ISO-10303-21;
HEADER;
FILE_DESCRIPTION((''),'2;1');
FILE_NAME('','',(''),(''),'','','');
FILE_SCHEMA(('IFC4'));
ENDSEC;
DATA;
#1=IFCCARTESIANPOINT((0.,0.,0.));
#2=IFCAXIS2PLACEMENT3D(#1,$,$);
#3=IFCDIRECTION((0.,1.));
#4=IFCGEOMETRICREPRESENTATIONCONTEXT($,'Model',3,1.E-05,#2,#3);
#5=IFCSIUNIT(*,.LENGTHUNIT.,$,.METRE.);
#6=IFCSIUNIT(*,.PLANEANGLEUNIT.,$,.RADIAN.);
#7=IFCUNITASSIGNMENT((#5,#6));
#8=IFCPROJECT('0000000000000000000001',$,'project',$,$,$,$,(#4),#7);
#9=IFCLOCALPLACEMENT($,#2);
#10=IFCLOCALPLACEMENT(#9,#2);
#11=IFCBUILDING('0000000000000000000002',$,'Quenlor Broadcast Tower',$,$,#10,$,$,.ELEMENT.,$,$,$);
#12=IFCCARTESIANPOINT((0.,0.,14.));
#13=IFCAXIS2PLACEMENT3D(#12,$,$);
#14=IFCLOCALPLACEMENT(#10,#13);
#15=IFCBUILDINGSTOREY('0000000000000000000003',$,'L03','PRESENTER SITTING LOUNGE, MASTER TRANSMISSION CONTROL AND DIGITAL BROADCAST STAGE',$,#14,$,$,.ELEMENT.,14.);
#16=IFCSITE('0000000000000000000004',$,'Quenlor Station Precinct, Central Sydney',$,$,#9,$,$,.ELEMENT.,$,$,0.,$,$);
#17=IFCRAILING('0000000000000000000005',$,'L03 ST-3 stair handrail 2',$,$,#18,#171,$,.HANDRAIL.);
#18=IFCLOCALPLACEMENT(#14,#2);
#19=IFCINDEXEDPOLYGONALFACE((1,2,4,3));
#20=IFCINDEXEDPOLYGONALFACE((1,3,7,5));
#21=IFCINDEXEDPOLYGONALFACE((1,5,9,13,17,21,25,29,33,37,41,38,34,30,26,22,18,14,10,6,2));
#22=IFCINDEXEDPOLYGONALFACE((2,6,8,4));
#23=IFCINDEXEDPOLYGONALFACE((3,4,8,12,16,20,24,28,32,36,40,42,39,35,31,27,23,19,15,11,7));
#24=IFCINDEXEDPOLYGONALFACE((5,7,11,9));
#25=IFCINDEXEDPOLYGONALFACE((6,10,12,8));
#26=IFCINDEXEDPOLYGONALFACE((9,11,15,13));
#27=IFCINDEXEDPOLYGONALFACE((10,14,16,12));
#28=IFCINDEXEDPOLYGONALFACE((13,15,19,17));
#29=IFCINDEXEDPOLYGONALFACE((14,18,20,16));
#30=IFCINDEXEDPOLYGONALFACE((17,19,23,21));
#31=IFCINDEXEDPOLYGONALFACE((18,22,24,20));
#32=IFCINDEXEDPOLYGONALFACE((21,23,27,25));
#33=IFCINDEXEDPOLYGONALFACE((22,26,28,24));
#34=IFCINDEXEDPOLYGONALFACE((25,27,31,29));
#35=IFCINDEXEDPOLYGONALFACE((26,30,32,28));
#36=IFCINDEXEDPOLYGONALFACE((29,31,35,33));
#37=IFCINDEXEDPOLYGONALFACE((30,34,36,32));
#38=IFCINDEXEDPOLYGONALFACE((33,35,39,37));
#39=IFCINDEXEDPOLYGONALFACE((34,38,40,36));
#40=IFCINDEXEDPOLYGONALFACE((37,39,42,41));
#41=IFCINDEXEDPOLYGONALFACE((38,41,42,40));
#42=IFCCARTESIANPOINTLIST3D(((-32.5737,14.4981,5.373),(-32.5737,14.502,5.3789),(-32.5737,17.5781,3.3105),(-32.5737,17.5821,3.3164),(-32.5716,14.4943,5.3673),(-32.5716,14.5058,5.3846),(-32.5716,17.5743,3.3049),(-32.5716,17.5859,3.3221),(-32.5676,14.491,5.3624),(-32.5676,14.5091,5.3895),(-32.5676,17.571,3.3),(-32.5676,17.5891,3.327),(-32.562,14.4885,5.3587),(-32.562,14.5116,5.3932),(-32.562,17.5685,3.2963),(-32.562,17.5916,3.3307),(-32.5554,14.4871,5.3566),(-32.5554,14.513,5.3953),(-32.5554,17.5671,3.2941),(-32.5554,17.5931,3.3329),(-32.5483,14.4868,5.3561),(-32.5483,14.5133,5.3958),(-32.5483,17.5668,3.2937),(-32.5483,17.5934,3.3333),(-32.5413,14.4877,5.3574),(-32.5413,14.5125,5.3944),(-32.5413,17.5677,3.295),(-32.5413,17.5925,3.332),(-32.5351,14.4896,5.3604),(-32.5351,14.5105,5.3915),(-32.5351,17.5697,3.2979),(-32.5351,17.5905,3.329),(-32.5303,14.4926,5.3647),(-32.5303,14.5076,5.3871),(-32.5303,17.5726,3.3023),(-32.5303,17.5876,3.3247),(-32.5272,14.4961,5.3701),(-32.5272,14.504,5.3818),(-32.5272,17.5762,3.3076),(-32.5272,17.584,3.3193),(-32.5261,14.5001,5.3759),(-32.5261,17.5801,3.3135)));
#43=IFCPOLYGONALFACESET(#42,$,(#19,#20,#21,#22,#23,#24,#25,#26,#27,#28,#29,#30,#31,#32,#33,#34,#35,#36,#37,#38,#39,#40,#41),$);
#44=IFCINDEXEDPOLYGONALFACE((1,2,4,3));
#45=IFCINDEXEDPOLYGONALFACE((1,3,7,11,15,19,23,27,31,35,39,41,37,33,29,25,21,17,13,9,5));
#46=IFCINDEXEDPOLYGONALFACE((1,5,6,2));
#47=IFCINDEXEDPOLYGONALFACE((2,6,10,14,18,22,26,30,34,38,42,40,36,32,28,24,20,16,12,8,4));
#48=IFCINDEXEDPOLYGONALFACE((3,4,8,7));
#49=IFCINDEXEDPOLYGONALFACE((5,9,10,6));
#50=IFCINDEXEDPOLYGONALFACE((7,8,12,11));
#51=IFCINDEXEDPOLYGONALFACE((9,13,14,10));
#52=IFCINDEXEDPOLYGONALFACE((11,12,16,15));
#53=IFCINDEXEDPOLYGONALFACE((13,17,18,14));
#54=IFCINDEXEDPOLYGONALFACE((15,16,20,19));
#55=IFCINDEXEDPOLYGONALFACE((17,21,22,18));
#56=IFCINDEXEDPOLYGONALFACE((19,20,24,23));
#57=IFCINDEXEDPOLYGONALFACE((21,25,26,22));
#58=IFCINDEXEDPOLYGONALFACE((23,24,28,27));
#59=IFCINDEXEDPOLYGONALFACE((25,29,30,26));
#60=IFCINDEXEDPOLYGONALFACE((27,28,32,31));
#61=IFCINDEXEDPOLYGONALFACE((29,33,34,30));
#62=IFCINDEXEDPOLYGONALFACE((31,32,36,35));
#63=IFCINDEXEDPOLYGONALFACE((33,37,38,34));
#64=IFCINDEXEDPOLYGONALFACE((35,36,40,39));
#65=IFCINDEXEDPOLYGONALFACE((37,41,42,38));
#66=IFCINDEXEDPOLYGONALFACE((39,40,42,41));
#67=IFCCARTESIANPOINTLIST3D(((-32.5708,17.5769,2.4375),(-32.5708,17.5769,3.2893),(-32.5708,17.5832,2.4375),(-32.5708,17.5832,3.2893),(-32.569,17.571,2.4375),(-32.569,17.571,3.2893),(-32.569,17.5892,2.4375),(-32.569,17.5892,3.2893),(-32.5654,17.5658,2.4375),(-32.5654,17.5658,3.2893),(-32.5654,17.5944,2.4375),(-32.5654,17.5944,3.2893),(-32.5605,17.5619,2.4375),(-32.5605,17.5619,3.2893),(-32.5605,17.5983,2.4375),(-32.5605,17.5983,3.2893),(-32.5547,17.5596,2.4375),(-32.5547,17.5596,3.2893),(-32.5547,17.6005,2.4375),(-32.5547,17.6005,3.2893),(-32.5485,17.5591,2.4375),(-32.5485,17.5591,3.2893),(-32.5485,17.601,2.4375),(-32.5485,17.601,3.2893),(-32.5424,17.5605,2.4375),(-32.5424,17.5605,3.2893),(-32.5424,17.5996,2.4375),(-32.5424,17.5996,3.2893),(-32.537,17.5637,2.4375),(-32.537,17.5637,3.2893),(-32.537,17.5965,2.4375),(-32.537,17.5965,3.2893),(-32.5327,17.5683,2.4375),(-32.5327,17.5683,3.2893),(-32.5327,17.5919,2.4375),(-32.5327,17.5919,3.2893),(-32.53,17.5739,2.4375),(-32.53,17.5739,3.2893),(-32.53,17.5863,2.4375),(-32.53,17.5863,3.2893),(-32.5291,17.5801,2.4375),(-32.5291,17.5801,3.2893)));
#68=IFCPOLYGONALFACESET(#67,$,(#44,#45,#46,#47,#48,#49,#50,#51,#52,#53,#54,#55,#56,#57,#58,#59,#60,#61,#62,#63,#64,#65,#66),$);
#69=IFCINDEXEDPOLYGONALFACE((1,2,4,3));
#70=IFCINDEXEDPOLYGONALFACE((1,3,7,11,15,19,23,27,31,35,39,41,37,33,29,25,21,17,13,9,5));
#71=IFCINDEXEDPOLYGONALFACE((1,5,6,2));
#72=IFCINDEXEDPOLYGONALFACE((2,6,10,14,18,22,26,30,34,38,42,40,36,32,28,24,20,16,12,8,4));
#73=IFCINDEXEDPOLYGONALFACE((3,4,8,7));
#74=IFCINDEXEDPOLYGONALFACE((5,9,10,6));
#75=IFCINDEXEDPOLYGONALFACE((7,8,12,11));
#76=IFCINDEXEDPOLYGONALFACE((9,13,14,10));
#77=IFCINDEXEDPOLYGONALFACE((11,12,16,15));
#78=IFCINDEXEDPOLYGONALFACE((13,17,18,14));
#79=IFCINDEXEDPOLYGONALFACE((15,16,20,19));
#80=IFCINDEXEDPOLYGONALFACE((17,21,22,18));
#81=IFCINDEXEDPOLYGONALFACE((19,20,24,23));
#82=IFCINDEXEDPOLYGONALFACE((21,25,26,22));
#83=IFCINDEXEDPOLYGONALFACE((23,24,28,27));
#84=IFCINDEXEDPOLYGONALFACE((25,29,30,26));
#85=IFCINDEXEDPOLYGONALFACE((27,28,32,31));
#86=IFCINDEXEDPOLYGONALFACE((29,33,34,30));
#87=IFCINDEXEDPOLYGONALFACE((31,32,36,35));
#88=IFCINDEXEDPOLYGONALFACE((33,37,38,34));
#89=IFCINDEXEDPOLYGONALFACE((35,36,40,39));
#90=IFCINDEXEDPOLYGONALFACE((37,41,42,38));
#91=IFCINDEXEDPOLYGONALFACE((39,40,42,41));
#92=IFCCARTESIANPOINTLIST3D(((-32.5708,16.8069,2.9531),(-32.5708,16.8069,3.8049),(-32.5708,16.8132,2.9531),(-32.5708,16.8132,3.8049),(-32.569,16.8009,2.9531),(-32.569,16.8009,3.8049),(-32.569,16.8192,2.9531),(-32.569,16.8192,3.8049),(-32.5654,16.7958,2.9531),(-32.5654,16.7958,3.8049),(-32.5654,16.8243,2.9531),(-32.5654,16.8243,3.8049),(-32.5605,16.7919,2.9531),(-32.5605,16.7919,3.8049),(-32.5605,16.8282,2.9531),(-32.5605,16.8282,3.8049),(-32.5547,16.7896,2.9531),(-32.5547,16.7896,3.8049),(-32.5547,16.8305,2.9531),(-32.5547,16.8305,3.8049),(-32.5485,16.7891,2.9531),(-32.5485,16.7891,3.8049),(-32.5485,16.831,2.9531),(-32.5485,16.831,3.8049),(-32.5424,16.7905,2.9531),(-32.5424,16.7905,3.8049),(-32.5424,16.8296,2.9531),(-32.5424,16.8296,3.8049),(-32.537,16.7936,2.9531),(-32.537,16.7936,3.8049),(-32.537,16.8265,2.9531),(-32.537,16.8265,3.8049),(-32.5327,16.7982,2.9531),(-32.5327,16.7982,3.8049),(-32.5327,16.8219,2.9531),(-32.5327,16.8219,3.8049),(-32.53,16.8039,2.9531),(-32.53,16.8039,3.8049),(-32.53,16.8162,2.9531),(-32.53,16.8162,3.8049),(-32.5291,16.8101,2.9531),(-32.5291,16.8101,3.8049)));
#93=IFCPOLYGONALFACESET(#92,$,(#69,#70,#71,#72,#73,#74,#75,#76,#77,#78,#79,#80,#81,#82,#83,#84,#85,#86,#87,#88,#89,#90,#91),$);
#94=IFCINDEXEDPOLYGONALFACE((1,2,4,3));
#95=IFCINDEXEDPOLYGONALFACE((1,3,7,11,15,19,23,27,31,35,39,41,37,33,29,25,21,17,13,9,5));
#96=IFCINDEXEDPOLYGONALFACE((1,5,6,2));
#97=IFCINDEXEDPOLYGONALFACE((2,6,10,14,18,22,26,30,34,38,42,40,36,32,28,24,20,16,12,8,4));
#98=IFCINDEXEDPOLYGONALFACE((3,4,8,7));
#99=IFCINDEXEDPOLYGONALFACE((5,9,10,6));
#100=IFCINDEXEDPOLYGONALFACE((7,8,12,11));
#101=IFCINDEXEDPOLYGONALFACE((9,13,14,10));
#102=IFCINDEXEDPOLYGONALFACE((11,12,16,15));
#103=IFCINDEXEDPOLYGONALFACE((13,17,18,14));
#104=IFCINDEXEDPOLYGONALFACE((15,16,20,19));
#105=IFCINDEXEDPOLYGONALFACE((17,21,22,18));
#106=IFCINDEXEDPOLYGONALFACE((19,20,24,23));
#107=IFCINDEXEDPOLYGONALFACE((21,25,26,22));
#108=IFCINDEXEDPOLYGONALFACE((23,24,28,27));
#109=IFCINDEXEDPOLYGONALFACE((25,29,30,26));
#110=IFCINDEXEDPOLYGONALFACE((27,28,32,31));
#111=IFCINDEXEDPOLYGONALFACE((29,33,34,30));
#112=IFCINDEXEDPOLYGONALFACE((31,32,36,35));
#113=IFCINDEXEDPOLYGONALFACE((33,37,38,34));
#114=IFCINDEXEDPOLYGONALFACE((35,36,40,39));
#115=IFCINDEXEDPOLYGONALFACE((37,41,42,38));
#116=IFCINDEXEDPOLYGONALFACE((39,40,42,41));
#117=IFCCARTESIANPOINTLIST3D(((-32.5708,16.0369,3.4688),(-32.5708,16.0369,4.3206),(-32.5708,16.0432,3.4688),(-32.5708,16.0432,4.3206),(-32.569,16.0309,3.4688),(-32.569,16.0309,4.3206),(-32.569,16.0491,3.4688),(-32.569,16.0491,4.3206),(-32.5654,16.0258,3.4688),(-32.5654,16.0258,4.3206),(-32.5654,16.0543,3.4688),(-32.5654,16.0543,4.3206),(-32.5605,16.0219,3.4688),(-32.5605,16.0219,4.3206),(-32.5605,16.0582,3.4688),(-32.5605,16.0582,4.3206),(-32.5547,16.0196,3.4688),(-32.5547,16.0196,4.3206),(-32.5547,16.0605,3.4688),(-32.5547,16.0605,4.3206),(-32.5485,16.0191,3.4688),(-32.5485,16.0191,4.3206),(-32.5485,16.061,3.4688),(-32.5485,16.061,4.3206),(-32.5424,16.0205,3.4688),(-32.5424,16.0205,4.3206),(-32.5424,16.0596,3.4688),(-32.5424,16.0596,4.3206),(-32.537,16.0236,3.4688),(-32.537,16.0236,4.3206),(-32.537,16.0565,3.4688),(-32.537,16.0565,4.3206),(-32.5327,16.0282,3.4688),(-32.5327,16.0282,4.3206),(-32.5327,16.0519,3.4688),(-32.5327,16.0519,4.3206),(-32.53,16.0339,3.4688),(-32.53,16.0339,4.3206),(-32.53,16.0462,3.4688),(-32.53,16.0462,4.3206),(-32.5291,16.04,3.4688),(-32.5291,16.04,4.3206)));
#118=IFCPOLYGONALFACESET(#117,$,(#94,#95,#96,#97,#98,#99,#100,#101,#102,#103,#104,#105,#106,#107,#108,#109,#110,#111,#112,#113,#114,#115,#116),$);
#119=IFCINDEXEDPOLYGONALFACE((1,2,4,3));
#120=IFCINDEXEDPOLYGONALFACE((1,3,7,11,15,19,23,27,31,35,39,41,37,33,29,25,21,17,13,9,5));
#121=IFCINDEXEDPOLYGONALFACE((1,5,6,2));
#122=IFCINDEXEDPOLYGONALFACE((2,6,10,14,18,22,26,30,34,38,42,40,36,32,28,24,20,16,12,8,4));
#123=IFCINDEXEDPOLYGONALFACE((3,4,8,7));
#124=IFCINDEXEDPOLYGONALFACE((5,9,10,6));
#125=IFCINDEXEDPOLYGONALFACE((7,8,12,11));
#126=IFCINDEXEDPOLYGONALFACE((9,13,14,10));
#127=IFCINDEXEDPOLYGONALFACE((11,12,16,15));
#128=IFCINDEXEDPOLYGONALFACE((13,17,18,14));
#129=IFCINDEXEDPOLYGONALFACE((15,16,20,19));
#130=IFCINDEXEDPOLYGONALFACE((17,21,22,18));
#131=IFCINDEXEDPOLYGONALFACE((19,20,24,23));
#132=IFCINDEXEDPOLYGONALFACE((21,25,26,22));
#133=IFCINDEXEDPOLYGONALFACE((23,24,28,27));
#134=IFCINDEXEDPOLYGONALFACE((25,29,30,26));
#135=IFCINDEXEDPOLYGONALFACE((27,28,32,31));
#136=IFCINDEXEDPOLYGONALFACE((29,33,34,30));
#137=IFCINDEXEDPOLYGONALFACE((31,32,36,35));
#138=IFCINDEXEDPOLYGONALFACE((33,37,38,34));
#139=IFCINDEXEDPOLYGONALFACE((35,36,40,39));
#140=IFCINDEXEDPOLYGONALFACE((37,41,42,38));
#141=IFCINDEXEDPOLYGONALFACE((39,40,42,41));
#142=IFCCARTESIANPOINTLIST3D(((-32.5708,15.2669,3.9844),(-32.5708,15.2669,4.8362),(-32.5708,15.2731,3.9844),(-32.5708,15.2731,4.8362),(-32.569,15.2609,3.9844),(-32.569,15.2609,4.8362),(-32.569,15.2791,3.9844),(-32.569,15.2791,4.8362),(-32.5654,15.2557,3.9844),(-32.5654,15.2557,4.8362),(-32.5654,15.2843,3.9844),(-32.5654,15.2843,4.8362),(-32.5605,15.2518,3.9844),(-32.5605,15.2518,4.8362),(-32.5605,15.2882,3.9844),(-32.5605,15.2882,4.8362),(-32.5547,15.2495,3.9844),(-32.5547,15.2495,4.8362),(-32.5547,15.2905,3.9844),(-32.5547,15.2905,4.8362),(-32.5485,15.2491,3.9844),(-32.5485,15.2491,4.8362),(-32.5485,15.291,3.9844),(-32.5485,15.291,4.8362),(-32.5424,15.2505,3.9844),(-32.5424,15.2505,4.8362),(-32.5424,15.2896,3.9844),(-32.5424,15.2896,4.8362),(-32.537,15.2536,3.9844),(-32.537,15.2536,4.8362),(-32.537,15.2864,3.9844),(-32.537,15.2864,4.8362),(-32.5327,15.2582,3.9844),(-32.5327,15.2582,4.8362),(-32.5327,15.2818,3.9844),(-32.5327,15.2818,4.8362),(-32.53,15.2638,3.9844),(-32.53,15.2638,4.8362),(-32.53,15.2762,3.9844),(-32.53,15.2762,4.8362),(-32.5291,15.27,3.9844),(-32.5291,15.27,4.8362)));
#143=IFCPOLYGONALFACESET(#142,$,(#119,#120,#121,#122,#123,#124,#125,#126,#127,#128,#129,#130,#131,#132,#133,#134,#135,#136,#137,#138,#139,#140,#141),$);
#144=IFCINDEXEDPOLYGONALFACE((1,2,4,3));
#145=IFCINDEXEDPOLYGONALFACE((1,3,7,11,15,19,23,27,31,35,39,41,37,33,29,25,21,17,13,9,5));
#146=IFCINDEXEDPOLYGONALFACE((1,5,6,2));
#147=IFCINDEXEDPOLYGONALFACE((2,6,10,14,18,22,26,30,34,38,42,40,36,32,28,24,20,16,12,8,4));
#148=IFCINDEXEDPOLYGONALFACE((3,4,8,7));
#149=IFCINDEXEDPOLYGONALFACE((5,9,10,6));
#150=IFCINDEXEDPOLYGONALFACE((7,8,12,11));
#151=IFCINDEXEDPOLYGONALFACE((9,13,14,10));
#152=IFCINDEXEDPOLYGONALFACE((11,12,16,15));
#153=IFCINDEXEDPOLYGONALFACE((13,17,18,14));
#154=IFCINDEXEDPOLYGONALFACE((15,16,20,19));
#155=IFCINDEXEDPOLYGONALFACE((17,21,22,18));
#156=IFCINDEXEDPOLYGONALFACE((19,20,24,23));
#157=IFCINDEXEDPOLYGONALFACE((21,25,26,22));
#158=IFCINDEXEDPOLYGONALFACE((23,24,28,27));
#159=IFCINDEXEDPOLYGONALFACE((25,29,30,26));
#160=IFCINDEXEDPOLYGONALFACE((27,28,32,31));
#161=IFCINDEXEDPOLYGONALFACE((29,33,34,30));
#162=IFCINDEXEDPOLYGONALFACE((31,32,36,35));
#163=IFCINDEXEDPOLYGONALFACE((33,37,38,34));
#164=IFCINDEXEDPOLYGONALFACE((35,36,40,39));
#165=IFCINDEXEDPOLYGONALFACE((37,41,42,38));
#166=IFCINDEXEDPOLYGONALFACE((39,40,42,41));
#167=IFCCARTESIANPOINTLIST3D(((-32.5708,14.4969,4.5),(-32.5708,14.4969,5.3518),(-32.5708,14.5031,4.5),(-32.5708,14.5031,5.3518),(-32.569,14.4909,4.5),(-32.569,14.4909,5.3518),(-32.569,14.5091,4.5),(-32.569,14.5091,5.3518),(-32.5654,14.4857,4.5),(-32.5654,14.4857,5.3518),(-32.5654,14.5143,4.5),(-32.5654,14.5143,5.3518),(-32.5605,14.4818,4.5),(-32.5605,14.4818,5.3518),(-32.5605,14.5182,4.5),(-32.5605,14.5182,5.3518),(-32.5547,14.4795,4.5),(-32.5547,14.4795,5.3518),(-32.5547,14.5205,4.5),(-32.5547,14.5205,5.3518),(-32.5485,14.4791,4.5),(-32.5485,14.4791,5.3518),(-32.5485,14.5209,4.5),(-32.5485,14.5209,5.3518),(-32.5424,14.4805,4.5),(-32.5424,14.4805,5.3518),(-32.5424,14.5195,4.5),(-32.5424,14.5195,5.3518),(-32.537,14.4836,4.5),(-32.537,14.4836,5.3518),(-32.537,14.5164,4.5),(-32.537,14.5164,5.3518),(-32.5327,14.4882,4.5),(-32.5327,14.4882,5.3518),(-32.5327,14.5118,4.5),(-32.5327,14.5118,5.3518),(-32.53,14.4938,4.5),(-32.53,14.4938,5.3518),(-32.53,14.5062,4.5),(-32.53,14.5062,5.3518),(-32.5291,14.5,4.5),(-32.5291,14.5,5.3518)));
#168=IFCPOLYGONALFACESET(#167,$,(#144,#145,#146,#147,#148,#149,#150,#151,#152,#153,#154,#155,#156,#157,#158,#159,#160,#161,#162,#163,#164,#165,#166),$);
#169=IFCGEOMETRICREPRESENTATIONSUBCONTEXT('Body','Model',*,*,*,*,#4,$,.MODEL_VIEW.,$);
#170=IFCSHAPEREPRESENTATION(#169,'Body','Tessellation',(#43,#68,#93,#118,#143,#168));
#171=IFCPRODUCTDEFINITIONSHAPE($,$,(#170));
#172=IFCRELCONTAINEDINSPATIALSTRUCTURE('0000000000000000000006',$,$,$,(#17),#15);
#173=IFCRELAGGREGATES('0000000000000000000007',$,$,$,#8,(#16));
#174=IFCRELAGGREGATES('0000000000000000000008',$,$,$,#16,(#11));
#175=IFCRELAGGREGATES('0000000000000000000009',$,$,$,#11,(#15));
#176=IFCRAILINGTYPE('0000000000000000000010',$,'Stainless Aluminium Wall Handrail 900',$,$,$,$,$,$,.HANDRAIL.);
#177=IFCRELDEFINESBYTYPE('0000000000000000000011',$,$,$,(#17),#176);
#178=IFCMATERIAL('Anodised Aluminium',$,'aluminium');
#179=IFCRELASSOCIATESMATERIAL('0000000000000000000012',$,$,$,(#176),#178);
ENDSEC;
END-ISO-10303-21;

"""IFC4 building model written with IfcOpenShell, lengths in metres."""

from ifc_helpers import new_model, si_unit, direction, frame, origin, origin_2d, place, context, subcontext, project, spatial, circle, extrude, material, type_object, element, save


model = new_model("IFC4")

# Units and contexts
model_context = context("Model", 3, precision=1e-05, world=origin(), true_north=direction((0.0, 1.0)))
body_context = subcontext(model_context, "Body", "Model", "MODEL_VIEW")
ifc_project = project(units=[si_unit("LENGTHUNIT", "METRE"), si_unit("PLANEANGLEUNIT", "RADIAN")], contexts=[model_context])

# Site, building, storey
site_placement = place(None, origin())
site = spatial("IfcSite", under=ifc_project, at=site_placement, Name="Quenlor Station Precinct, Central Sydney", CompositionType="ELEMENT", RefElevation=0.0)
building_placement = place(site_placement, origin())
building = spatial("IfcBuilding", under=site, at=building_placement, Name="Quenlor Broadcast Tower", CompositionType="ELEMENT")
storey_placement = place(building_placement, frame((0.0, 0.0, 14.0)))
storey = spatial("IfcBuildingStorey", under=building, at=storey_placement, Name="L03", Description="PRESENTER SITTING LOUNGE, MASTER TRANSMISSION CONTROL AND DIGITAL BROADCAST STAGE", CompositionType="ELEMENT", Elevation=14.0)

# Railing
ifc_material_1 = material(Name="Anodised Aluminium", Category="aluminium")
railing_type_1 = type_object("IfcRailingType", Name="Stainless Aluminium Wall Handrail 900", PredefinedType="HANDRAIL", material=ifc_material_1)
railing_1_placement = place(storey_placement, frame((-32.55, 17.5801, 2.4375)))
element("IfcRailing", 1, at=railing_1_placement, inside=storey, type_object=railing_type_1, Name="L03 ST-3 stair handrail 2", PredefinedType="HANDRAIL", context=body_context, shape_type="SweptSolid", body=[
    extrude(circle(Radius=0.0239, at=origin_2d()), frame((0.0, 0.0, 0.876), z_axis=(0.0, -0.830914, 0.556401), x_axis=(1.0, 0.0, 0.0)), (0.0, 0.0, 1.0), 3.7068),
    extrude(circle(Radius=0.021, at=origin_2d()), origin(), (0.0, 0.0, 1.0), 0.8518),
    extrude(circle(Radius=0.021, at=origin_2d()), frame((0.0, -0.77, 0.5156)), (0.0, 0.0, 1.0), 0.8518),
    extrude(circle(Radius=0.021, at=origin_2d()), frame((0.0, -1.54, 1.0312)), (0.0, 0.0, 1.0), 0.8518),
    extrude(circle(Radius=0.021, at=origin_2d()), frame((0.0, -2.3101, 1.5469)), (0.0, 0.0, 1.0), 0.8518),
    extrude(circle(Radius=0.021, at=origin_2d()), frame((0.0, -3.0801, 2.0625)), (0.0, 0.0, 1.0), 0.8518),
])

save(model, "model.ifc")
